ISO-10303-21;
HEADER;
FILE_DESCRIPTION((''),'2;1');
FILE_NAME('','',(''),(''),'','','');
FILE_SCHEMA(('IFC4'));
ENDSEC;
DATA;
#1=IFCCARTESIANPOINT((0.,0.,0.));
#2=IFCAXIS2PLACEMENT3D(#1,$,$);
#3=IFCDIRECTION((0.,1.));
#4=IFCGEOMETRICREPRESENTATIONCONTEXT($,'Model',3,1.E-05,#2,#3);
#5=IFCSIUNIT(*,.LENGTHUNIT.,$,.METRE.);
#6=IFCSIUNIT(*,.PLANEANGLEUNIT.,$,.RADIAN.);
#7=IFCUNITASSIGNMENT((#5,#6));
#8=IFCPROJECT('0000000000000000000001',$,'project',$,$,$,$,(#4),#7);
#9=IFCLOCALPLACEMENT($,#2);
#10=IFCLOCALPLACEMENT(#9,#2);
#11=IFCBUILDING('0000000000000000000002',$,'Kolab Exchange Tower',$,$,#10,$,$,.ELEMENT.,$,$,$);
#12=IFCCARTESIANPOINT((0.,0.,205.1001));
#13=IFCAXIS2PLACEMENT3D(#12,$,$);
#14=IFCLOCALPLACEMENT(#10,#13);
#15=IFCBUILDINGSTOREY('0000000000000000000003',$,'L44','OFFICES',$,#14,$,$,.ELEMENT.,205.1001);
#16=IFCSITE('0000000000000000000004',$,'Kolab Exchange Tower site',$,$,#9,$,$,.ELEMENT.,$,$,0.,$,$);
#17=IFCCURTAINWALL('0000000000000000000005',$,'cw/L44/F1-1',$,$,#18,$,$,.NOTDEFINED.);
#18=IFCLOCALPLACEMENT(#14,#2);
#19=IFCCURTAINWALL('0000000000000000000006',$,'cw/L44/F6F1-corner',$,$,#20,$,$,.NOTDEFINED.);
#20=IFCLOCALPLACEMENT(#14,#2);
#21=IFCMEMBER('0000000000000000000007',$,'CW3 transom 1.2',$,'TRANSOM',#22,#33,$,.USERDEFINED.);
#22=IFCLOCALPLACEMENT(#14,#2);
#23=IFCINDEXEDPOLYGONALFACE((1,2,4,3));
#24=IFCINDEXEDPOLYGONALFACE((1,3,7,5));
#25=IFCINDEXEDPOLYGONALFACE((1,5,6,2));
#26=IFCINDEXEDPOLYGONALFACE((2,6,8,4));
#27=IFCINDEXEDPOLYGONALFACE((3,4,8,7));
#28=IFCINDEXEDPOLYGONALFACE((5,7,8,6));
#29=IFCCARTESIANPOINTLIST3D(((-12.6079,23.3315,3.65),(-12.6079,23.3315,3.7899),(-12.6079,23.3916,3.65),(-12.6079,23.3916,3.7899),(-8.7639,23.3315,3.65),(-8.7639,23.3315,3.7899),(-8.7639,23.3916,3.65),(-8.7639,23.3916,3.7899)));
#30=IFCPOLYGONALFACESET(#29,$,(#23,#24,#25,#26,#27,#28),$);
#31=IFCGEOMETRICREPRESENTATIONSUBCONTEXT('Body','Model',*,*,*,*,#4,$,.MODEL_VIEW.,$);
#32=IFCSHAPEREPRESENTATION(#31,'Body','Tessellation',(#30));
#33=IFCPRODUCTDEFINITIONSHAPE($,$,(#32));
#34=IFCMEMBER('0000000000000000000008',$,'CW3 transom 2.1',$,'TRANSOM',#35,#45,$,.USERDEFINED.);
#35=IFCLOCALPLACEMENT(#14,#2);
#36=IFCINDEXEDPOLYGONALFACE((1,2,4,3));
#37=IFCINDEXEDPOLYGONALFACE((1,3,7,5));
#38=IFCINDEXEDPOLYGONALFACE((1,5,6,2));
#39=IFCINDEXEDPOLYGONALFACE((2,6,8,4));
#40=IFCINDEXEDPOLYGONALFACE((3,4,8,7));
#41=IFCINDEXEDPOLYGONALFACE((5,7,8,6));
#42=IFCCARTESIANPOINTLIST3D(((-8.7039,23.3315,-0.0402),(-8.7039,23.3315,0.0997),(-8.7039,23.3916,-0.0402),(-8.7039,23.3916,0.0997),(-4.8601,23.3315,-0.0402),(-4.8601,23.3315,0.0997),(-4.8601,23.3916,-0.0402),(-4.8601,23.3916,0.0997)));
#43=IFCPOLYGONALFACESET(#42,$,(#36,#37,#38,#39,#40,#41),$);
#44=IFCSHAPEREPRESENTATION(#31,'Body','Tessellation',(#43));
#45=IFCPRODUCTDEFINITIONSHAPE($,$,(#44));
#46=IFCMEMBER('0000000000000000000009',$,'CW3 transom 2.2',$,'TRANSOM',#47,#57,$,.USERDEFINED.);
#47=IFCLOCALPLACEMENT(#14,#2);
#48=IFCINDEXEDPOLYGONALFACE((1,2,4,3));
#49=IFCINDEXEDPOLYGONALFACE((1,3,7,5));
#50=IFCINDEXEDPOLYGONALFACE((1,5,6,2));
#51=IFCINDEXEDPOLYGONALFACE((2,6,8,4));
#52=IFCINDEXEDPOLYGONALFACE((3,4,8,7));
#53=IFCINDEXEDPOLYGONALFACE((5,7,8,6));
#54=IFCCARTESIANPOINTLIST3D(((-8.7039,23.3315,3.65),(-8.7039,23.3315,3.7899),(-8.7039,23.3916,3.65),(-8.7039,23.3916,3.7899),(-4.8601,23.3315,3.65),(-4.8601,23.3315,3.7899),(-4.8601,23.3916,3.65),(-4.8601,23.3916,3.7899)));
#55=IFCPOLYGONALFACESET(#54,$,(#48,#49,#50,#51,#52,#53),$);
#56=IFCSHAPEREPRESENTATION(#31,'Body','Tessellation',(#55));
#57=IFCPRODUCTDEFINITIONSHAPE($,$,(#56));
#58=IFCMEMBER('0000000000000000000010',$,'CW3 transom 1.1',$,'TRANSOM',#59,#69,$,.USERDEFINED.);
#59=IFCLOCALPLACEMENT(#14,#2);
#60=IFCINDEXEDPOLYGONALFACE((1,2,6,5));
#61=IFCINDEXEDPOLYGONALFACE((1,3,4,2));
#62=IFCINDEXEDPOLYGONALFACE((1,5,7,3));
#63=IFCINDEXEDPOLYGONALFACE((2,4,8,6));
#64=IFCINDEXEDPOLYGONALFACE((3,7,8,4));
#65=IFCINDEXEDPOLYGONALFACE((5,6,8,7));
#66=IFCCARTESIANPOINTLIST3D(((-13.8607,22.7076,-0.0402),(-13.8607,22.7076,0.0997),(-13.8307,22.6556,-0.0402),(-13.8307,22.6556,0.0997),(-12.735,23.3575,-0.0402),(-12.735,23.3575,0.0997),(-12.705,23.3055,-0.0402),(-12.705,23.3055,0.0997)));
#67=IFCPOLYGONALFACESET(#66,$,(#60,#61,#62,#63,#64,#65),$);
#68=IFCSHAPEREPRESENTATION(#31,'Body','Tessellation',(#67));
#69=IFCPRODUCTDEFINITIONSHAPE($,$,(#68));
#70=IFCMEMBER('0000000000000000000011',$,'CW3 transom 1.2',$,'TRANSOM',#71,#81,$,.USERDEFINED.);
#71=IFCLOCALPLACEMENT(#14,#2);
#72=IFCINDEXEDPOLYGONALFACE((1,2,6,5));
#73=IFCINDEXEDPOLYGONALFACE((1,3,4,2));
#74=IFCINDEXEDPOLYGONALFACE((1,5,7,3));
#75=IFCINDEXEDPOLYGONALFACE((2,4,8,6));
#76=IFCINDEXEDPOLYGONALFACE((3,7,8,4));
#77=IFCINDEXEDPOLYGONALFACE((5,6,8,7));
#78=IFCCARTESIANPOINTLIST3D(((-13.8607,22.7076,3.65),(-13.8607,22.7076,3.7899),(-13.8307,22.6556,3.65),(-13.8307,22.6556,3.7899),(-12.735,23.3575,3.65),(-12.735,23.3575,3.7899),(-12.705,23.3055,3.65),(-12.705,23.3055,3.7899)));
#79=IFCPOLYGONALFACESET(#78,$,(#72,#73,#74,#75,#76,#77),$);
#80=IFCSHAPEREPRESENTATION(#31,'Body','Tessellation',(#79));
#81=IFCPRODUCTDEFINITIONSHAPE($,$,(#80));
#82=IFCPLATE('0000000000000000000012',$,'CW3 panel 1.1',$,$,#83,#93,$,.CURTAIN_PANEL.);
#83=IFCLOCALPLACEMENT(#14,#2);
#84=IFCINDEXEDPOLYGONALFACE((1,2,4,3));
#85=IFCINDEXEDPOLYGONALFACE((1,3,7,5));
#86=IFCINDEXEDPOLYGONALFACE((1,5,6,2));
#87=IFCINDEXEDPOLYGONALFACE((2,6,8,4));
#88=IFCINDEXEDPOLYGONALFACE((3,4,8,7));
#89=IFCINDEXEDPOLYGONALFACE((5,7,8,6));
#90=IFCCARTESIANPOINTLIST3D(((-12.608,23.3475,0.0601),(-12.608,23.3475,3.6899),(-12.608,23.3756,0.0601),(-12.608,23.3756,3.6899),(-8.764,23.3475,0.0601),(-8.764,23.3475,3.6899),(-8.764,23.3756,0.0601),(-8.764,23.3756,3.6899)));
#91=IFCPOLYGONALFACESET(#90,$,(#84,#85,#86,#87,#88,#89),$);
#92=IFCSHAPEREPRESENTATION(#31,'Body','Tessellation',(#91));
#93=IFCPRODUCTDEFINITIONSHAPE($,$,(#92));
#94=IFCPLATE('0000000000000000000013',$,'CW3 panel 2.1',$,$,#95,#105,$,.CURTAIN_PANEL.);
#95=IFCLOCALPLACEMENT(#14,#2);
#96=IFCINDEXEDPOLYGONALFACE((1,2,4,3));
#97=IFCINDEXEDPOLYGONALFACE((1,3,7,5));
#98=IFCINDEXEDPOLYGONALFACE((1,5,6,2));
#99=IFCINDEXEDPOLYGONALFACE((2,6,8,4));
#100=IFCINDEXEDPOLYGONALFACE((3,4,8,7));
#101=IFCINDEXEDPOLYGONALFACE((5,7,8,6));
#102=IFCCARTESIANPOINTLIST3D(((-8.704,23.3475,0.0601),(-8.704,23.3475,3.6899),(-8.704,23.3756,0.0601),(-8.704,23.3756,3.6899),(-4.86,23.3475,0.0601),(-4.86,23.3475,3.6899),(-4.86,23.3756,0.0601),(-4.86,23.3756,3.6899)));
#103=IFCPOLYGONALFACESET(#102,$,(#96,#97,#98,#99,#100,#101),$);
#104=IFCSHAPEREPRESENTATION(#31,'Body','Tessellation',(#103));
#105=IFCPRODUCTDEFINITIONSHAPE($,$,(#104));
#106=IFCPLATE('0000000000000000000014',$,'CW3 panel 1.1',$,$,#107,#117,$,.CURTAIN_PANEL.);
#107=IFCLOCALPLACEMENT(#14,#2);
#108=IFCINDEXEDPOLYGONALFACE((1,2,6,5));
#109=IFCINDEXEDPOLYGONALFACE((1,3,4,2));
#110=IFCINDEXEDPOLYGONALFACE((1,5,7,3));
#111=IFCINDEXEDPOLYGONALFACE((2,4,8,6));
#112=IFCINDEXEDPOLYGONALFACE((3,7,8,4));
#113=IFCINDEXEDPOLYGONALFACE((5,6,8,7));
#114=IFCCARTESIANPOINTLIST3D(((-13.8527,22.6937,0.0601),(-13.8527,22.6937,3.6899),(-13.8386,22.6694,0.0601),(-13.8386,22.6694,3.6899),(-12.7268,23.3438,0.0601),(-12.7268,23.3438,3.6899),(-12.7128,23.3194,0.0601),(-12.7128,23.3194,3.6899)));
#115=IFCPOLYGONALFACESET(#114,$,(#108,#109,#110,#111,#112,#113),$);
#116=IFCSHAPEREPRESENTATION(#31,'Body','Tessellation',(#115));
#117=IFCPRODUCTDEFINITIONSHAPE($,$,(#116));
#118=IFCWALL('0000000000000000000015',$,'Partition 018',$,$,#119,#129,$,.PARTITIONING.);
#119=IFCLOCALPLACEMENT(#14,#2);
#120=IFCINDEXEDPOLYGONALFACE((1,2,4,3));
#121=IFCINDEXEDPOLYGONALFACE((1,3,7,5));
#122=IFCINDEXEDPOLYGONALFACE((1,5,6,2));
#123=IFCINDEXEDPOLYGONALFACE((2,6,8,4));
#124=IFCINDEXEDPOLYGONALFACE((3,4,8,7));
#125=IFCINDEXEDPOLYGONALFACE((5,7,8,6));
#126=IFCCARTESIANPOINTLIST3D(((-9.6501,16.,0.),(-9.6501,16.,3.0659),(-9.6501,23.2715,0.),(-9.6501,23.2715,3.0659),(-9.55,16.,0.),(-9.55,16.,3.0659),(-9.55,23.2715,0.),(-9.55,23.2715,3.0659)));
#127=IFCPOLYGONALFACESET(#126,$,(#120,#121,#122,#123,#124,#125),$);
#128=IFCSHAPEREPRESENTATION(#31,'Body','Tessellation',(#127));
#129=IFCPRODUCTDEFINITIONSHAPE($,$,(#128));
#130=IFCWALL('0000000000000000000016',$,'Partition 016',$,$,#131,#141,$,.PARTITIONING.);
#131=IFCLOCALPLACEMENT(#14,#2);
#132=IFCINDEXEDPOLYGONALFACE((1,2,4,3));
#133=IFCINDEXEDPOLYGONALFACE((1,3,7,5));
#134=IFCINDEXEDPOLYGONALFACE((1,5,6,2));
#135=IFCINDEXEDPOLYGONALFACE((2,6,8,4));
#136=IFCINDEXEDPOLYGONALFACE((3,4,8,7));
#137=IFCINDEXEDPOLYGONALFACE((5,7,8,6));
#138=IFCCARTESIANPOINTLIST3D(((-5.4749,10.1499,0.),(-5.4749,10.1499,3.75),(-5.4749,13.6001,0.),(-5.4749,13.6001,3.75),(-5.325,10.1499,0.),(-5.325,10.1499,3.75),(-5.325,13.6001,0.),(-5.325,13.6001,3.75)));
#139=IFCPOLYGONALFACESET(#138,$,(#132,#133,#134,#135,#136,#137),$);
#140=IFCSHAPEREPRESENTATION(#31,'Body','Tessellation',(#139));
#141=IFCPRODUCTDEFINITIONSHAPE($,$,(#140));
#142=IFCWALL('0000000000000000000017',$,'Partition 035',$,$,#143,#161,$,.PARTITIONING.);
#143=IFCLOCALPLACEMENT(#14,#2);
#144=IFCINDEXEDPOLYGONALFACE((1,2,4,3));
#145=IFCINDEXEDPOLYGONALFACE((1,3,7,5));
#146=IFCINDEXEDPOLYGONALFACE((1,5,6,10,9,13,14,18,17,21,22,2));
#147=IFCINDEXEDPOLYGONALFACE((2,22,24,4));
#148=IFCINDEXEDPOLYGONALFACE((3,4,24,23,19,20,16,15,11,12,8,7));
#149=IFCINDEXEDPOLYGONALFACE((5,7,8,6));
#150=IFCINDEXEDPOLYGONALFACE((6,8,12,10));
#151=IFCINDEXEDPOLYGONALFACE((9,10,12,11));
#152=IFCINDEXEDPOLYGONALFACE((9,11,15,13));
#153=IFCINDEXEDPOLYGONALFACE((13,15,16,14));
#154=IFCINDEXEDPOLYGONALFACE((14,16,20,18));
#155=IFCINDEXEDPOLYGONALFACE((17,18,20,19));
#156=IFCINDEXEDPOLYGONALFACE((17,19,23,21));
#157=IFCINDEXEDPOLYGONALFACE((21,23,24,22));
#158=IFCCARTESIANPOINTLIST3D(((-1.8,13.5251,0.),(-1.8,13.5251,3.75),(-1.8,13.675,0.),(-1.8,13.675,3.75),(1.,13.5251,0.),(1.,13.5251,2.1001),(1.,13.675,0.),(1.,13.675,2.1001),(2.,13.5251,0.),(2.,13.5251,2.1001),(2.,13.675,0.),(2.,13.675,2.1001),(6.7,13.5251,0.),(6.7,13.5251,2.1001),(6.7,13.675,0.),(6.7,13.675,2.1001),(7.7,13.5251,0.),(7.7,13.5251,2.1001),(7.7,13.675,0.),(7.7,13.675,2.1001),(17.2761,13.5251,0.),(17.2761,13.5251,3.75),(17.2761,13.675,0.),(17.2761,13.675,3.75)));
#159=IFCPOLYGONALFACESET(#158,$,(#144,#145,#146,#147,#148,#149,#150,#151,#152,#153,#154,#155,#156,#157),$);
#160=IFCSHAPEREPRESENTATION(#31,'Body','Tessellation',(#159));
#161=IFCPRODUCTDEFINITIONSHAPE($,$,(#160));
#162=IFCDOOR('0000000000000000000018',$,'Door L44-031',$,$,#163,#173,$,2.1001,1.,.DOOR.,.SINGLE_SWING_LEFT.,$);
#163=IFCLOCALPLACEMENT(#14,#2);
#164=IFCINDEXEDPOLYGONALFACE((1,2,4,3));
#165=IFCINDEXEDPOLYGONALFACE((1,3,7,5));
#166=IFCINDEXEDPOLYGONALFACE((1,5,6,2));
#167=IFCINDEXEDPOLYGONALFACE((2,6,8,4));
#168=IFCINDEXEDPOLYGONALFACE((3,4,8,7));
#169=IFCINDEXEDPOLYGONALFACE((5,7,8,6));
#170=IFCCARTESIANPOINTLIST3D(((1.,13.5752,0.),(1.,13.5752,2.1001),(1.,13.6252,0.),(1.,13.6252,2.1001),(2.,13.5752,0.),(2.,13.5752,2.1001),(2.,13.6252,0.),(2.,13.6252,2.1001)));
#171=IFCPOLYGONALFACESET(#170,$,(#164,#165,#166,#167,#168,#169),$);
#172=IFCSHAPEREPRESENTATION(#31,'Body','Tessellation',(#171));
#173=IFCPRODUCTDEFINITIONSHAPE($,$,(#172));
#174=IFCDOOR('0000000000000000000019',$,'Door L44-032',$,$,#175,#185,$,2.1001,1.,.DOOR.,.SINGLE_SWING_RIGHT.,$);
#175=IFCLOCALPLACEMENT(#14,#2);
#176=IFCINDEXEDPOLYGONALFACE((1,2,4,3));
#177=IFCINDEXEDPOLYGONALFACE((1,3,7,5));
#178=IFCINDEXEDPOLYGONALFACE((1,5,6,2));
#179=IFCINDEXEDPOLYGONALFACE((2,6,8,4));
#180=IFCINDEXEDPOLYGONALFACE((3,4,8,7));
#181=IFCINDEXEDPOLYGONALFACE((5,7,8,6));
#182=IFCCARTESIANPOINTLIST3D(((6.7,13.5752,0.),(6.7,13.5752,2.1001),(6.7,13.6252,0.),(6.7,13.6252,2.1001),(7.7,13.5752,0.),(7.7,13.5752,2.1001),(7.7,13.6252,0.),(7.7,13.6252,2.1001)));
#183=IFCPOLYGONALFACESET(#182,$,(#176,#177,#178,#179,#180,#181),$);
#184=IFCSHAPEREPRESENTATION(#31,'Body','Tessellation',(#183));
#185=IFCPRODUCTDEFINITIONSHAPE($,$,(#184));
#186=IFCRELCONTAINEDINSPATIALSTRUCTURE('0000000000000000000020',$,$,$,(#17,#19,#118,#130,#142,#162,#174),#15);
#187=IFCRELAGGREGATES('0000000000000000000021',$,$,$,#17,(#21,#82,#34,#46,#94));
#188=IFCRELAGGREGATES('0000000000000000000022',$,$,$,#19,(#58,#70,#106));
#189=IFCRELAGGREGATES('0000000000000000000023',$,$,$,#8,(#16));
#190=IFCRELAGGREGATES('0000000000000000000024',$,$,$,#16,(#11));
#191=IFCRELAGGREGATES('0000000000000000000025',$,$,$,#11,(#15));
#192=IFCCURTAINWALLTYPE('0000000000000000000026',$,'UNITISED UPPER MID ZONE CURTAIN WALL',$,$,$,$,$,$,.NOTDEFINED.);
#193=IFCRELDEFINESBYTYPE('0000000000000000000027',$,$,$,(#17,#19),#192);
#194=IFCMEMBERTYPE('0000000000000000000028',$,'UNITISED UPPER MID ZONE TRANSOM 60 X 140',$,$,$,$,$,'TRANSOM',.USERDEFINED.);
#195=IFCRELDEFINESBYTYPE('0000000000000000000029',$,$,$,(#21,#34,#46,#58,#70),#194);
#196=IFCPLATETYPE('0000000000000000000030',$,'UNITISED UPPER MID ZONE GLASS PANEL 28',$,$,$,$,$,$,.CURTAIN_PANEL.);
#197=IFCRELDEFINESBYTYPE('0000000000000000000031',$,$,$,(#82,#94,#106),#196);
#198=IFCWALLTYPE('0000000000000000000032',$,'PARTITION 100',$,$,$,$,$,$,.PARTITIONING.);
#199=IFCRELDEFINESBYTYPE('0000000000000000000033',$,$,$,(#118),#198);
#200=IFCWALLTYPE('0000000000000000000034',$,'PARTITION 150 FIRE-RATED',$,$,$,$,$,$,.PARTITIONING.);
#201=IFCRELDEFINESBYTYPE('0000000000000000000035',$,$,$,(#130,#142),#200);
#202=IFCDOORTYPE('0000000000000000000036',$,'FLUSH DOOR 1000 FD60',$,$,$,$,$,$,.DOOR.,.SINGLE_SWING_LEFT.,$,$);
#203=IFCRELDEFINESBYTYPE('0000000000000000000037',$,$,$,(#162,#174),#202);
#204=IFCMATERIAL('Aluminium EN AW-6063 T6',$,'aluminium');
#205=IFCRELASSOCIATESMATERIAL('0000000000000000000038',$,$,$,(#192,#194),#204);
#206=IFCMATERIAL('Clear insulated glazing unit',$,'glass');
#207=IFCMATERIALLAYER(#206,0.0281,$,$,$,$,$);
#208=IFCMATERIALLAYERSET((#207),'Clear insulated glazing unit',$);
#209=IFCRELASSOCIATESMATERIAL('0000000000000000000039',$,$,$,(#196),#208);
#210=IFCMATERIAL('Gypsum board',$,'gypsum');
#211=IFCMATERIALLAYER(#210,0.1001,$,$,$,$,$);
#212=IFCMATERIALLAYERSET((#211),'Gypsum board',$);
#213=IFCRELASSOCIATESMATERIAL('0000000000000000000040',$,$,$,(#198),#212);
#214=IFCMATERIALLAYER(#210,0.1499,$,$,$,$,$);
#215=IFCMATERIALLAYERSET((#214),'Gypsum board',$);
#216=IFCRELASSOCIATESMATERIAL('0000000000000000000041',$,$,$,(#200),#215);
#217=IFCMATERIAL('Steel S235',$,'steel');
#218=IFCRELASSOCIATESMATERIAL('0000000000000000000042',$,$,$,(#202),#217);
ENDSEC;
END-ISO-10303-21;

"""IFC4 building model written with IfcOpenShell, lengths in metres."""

from ifc_helpers import new_model, si_unit, direction, frame, frame_2d, origin, origin_2d, place, context, subcontext, project, spatial, rectangle, extrude, material, layer, layer_set, material_profile, profile_set, type_object, element, fill, aggregate, save


model = new_model("IFC4")

# Units and contexts
model_context = context("Model", 3, precision=1e-05, world=origin(), true_north=direction((0.0, 1.0)))
body_context = subcontext(model_context, "Body", "Model", "MODEL_VIEW")
ifc_project = project(units=[si_unit("LENGTHUNIT", "METRE"), si_unit("PLANEANGLEUNIT", "RADIAN")], contexts=[model_context])

# Site, building, storey
site_placement = place(None, origin())
site = spatial("IfcSite", under=ifc_project, at=site_placement, Name="Kolab Exchange Tower site", CompositionType="ELEMENT", RefElevation=0.0)
building_placement = place(site_placement, origin())
building = spatial("IfcBuilding", under=site, at=building_placement, Name="Kolab Exchange Tower", CompositionType="ELEMENT")
storey_placement = place(building_placement, frame((0.0, 0.0, 205.1001)))
storey = spatial("IfcBuildingStorey", under=building, at=storey_placement, Name="L44", Description="OFFICES", CompositionType="ELEMENT", Elevation=205.1001)

# Curtain wall
ifc_material_1 = material(Name="Aluminium EN AW-6063 T6", Category="aluminium")
curtain_wall_type = type_object("IfcCurtainWallType", Name="UNITISED UPPER MID ZONE CURTAIN WALL", PredefinedType="NOTDEFINED", material=ifc_material_1)
curtain_wall_1_placement = place(storey_placement, origin())
curtain_wall_1 = element("IfcCurtainWall", 1, at=curtain_wall_1_placement, inside=storey, type_object=curtain_wall_type, Name="cw/L44/F1-1", PredefinedType="NOTDEFINED")

# Curtain wall
curtain_wall_2_placement = place(storey_placement, origin())
curtain_wall_2 = element("IfcCurtainWall", 2, at=curtain_wall_2_placement, inside=storey, type_object=curtain_wall_type, Name="cw/L44/F6F1-corner", PredefinedType="NOTDEFINED")

# Members
ifc_material_profile_1 = material_profile(ifc_material_1, rectangle(XDim=0.0601, YDim=0.1399, at=origin_2d()), Name="RECT 60X140")
ifc_profile_set_1 = profile_set([ifc_material_profile_1], Name="Aluminium EN AW-6063 T6")
member_type_1 = type_object("IfcMemberType", Name="UNITISED UPPER MID ZONE TRANSOM 60 X 140", ElementType="TRANSOM", PredefinedType="USERDEFINED", material=ifc_profile_set_1)
member_1_placement = place(storey_placement, frame((-12.6079, 23.3616, 3.72), z_axis=(1.0, 0.0, 0.0), x_axis=(0.0, 1.0, 0.0)))
member_1 = element("IfcMember", 3, at=member_1_placement, type_object=member_type_1, Name="CW3 transom 1.2", ObjectType="TRANSOM", PredefinedType="USERDEFINED", context=body_context, shape_type="SweptSolid", body=[
    extrude(rectangle(XDim=0.0601, YDim=0.1399, at=origin_2d()), origin(), (0.0, 0.0, 1.0), 3.844),
])
member_2_placement = place(storey_placement, frame((-8.7039, 23.3616, 0.0298), z_axis=(1.0, 0.0, 0.0), x_axis=(0.0, 1.0, 0.0)))
member_2 = element("IfcMember", 4, at=member_2_placement, type_object=member_type_1, Name="CW3 transom 2.1", ObjectType="TRANSOM", PredefinedType="USERDEFINED", context=body_context, shape_type="SweptSolid", body=[
    extrude(rectangle(XDim=0.0601, YDim=0.1399, at=origin_2d()), origin(), (0.0, 0.0, 1.0), 3.8438),
])
member_3_placement = place(storey_placement, frame((-8.7039, 23.3616, 3.72), z_axis=(1.0, 0.0, 0.0), x_axis=(0.0, 1.0, 0.0)))
member_3 = element("IfcMember", 5, at=member_3_placement, type_object=member_type_1, Name="CW3 transom 2.2", ObjectType="TRANSOM", PredefinedType="USERDEFINED", context=body_context, shape_type="SweptSolid", body=[
    extrude(rectangle(XDim=0.0601, YDim=0.1399, at=origin_2d()), origin(), (0.0, 0.0, 1.0), 3.8438),
])
member_4_placement = place(storey_placement, frame((-13.8457, 22.6816, 0.0298), z_axis=(0.866039, 0.499977, 0.0), x_axis=(-0.499977, 0.866039, 0.0)))
member_4 = element("IfcMember", 6, at=member_4_placement, type_object=member_type_1, Name="CW3 transom 1.1", ObjectType="TRANSOM", PredefinedType="USERDEFINED", context=body_context, shape_type="SweptSolid", body=[
    extrude(rectangle(XDim=0.0601, YDim=0.1399, at=origin_2d()), origin(), (0.0, 0.0, 1.0), 1.2998),
])
member_5_placement = place(storey_placement, frame((-13.8457, 22.6816, 3.72), z_axis=(0.866039, 0.499977, 0.0), x_axis=(-0.499977, 0.866039, 0.0)))
member_5 = element("IfcMember", 7, at=member_5_placement, type_object=member_type_1, Name="CW3 transom 1.2", ObjectType="TRANSOM", PredefinedType="USERDEFINED", context=body_context, shape_type="SweptSolid", body=[
    extrude(rectangle(XDim=0.0601, YDim=0.1399, at=origin_2d()), origin(), (0.0, 0.0, 1.0), 1.2998),
])

# Plates
ifc_material_2 = material(Name="Clear insulated glazing unit", Category="glass")
ifc_layer_1 = layer(ifc_material_2, 0.0281)
ifc_layer_set_1 = layer_set([ifc_layer_1], Name="Clear insulated glazing unit")
plate_type = type_object("IfcPlateType", Name="UNITISED UPPER MID ZONE GLASS PANEL 28", PredefinedType="CURTAIN_PANEL", material=ifc_layer_set_1)
plate_1_placement = place(storey_placement, frame((-10.686, 23.3616, 0.0601), z_axis=(0.0, 0.0, 1.0), x_axis=(1.0, 0.0, 0.0)))
plate_1 = element("IfcPlate", 8, at=plate_1_placement, type_object=plate_type, Name="CW3 panel 1.1", PredefinedType="CURTAIN_PANEL", context=body_context, shape_type="SweptSolid", body=[
    extrude(rectangle(XDim=3.844, YDim=0.0281, at=origin_2d()), origin(), (0.0, 0.0, 1.0), 3.6299),
])
plate_2_placement = place(storey_placement, frame((-6.782, 23.3616, 0.0601), z_axis=(0.0, 0.0, 1.0), x_axis=(1.0, 0.0, 0.0)))
plate_2 = element("IfcPlate", 9, at=plate_2_placement, type_object=plate_type, Name="CW3 panel 2.1", PredefinedType="CURTAIN_PANEL", context=body_context, shape_type="SweptSolid", body=[
    extrude(rectangle(XDim=3.844, YDim=0.0281, at=origin_2d()), origin(), (0.0, 0.0, 1.0), 3.6299),
])
aggregate(curtain_wall_1, [member_1, plate_1, member_2, member_3, plate_2])
plate_3_placement = place(storey_placement, frame((-13.2827, 23.0066, 0.0601), z_axis=(0.0, 0.0, 1.0), x_axis=(0.866025, 0.5, 0.0)))
plate_3 = element("IfcPlate", 10, at=plate_3_placement, type_object=plate_type, Name="CW3 panel 1.1", PredefinedType="CURTAIN_PANEL", context=body_context, shape_type="SweptSolid", body=[
    extrude(rectangle(XDim=1.3, YDim=0.0281, at=origin_2d()), origin(), (0.0, 0.0, 1.0), 3.6299),
])
aggregate(curtain_wall_2, [member_4, member_5, plate_3])

# Walls
ifc_material_3 = material(Name="Gypsum board", Category="gypsum")
ifc_layer_2 = layer(ifc_material_3, 0.1001)
ifc_layer_set_2 = layer_set([ifc_layer_2], Name="Gypsum board")
wall_type_1 = type_object("IfcWallType", Name="PARTITION 100", PredefinedType="PARTITIONING", material=ifc_layer_set_2)
wall_1_placement = place(storey_placement, frame((-9.6001, 16.0, 0.0), z_axis=(0.0, 0.0, 1.0), x_axis=(0.0, 1.0, 0.0)))
element("IfcWall", 11, at=wall_1_placement, inside=storey, type_object=wall_type_1, Name="Partition 018", PredefinedType="PARTITIONING", context=body_context, shape_type="SweptSolid", body=[
    extrude(rectangle(XDim=7.2715, YDim=0.1001, at=frame_2d((3.6357, 0.0))), origin(), (0.0, 0.0, 1.0), 3.0659),
])
ifc_layer_3 = layer(ifc_material_3, 0.1499)
ifc_layer_set_3 = layer_set([ifc_layer_3], Name="Gypsum board")
wall_type_2 = type_object("IfcWallType", Name="PARTITION 150 FIRE-RATED", PredefinedType="PARTITIONING", material=ifc_layer_set_3)
wall_2_placement = place(storey_placement, frame((-5.3999, 10.1499, 0.0), z_axis=(0.0, 0.0, 1.0), x_axis=(0.0, 1.0, 0.0)))
element("IfcWall", 12, at=wall_2_placement, inside=storey, type_object=wall_type_2, Name="Partition 016", PredefinedType="PARTITIONING", context=body_context, shape_type="SweptSolid", body=[
    extrude(rectangle(XDim=3.4502, YDim=0.1499, at=frame_2d((1.7251, 0.0))), origin(), (0.0, 0.0, 1.0), 3.75),
])

# Wall, openings, doors
wall_3_placement = place(storey_placement, frame((-1.8, 13.6001, 0.0), z_axis=(0.0, 0.0, 1.0), x_axis=(1.0, 0.0, 0.0)))
wall_3 = element("IfcWall", 13, at=wall_3_placement, inside=storey, type_object=wall_type_2, Name="Partition 035", PredefinedType="PARTITIONING", context=body_context, shape_type="SweptSolid", body=[
    extrude(rectangle(XDim=19.0762, YDim=0.1499, at=frame_2d((9.5381, 0.0))), origin(), (0.0, 0.0, 1.0), 3.75),
])
opening_1_placement = place(wall_3_placement, frame((2.8, 0.0, 0.0)))
opening_1 = element("IfcOpeningElement", 14, at=opening_1_placement, cuts=wall_3, PredefinedType="OPENING", context=body_context, shape_type="SweptSolid", body=[
    extrude(rectangle(XDim=1.0, YDim=2.1001, at=frame_2d((0.5, 1.05))), frame((0.0, 0.085, 0.0), z_axis=(0.0, -1.0, 0.0), x_axis=(1.0, 0.0, 0.0)), (0.0, 0.0, 1.0), 0.1699),
])
opening_2_placement = place(wall_3_placement, frame((8.5, 0.0, 0.0)))
opening_2 = element("IfcOpeningElement", 15, at=opening_2_placement, cuts=wall_3, PredefinedType="OPENING", context=body_context, shape_type="SweptSolid", body=[
    extrude(rectangle(XDim=1.0, YDim=2.1001, at=frame_2d((0.5, 1.05))), frame((0.0, 0.085, 0.0), z_axis=(0.0, -1.0, 0.0), x_axis=(1.0, 0.0, 0.0)), (0.0, 0.0, 1.0), 0.1699),
])
ifc_material_4 = material(Name="Steel S235", Category="steel")
door_type_1 = type_object("IfcDoorType", Name="FLUSH DOOR 1000 FD60", OperationType="SINGLE_SWING_LEFT", PredefinedType="DOOR", material=ifc_material_4)
door_1_placement = place(opening_1_placement, frame((1.0, 0.0, 0.0), z_axis=(0.0, 0.0, 1.0), x_axis=(-1.0, 0.0, 0.0)))
door_1 = element("IfcDoor", 16, at=door_1_placement, inside=storey, type_object=door_type_1, Name="Door L44-031", OperationType="SINGLE_SWING_LEFT", OverallHeight=2.1001, OverallWidth=1.0, PredefinedType="DOOR", context=body_context, shape_type="SweptSolid", body=[
    extrude(rectangle(XDim=1.0, YDim=2.1001, at=frame_2d((0.5, 1.05))), frame((0.0, 0.0249, 0.0), z_axis=(0.0, -1.0, 0.0), x_axis=(1.0, 0.0, 0.0)), (0.0, 0.0, 1.0), 0.05),
])
fill(opening_1, door_1)
door_2_placement = place(opening_2_placement, frame((1.0, 0.0, 0.0), z_axis=(0.0, 0.0, 1.0), x_axis=(-1.0, 0.0, 0.0)))
door_2 = element("IfcDoor", 17, at=door_2_placement, inside=storey, type_object=door_type_1, Name="Door L44-032", OperationType="SINGLE_SWING_RIGHT", OverallHeight=2.1001, OverallWidth=1.0, PredefinedType="DOOR", context=body_context, shape_type="SweptSolid", body=[
    extrude(rectangle(XDim=1.0, YDim=2.1001, at=frame_2d((0.5, 1.05))), frame((0.0, 0.0249, 0.0), z_axis=(0.0, -1.0, 0.0), x_axis=(1.0, 0.0, 0.0)), (0.0, 0.0, 1.0), 0.05),
])
fill(opening_2, door_2)

save(model, "model.ifc")
